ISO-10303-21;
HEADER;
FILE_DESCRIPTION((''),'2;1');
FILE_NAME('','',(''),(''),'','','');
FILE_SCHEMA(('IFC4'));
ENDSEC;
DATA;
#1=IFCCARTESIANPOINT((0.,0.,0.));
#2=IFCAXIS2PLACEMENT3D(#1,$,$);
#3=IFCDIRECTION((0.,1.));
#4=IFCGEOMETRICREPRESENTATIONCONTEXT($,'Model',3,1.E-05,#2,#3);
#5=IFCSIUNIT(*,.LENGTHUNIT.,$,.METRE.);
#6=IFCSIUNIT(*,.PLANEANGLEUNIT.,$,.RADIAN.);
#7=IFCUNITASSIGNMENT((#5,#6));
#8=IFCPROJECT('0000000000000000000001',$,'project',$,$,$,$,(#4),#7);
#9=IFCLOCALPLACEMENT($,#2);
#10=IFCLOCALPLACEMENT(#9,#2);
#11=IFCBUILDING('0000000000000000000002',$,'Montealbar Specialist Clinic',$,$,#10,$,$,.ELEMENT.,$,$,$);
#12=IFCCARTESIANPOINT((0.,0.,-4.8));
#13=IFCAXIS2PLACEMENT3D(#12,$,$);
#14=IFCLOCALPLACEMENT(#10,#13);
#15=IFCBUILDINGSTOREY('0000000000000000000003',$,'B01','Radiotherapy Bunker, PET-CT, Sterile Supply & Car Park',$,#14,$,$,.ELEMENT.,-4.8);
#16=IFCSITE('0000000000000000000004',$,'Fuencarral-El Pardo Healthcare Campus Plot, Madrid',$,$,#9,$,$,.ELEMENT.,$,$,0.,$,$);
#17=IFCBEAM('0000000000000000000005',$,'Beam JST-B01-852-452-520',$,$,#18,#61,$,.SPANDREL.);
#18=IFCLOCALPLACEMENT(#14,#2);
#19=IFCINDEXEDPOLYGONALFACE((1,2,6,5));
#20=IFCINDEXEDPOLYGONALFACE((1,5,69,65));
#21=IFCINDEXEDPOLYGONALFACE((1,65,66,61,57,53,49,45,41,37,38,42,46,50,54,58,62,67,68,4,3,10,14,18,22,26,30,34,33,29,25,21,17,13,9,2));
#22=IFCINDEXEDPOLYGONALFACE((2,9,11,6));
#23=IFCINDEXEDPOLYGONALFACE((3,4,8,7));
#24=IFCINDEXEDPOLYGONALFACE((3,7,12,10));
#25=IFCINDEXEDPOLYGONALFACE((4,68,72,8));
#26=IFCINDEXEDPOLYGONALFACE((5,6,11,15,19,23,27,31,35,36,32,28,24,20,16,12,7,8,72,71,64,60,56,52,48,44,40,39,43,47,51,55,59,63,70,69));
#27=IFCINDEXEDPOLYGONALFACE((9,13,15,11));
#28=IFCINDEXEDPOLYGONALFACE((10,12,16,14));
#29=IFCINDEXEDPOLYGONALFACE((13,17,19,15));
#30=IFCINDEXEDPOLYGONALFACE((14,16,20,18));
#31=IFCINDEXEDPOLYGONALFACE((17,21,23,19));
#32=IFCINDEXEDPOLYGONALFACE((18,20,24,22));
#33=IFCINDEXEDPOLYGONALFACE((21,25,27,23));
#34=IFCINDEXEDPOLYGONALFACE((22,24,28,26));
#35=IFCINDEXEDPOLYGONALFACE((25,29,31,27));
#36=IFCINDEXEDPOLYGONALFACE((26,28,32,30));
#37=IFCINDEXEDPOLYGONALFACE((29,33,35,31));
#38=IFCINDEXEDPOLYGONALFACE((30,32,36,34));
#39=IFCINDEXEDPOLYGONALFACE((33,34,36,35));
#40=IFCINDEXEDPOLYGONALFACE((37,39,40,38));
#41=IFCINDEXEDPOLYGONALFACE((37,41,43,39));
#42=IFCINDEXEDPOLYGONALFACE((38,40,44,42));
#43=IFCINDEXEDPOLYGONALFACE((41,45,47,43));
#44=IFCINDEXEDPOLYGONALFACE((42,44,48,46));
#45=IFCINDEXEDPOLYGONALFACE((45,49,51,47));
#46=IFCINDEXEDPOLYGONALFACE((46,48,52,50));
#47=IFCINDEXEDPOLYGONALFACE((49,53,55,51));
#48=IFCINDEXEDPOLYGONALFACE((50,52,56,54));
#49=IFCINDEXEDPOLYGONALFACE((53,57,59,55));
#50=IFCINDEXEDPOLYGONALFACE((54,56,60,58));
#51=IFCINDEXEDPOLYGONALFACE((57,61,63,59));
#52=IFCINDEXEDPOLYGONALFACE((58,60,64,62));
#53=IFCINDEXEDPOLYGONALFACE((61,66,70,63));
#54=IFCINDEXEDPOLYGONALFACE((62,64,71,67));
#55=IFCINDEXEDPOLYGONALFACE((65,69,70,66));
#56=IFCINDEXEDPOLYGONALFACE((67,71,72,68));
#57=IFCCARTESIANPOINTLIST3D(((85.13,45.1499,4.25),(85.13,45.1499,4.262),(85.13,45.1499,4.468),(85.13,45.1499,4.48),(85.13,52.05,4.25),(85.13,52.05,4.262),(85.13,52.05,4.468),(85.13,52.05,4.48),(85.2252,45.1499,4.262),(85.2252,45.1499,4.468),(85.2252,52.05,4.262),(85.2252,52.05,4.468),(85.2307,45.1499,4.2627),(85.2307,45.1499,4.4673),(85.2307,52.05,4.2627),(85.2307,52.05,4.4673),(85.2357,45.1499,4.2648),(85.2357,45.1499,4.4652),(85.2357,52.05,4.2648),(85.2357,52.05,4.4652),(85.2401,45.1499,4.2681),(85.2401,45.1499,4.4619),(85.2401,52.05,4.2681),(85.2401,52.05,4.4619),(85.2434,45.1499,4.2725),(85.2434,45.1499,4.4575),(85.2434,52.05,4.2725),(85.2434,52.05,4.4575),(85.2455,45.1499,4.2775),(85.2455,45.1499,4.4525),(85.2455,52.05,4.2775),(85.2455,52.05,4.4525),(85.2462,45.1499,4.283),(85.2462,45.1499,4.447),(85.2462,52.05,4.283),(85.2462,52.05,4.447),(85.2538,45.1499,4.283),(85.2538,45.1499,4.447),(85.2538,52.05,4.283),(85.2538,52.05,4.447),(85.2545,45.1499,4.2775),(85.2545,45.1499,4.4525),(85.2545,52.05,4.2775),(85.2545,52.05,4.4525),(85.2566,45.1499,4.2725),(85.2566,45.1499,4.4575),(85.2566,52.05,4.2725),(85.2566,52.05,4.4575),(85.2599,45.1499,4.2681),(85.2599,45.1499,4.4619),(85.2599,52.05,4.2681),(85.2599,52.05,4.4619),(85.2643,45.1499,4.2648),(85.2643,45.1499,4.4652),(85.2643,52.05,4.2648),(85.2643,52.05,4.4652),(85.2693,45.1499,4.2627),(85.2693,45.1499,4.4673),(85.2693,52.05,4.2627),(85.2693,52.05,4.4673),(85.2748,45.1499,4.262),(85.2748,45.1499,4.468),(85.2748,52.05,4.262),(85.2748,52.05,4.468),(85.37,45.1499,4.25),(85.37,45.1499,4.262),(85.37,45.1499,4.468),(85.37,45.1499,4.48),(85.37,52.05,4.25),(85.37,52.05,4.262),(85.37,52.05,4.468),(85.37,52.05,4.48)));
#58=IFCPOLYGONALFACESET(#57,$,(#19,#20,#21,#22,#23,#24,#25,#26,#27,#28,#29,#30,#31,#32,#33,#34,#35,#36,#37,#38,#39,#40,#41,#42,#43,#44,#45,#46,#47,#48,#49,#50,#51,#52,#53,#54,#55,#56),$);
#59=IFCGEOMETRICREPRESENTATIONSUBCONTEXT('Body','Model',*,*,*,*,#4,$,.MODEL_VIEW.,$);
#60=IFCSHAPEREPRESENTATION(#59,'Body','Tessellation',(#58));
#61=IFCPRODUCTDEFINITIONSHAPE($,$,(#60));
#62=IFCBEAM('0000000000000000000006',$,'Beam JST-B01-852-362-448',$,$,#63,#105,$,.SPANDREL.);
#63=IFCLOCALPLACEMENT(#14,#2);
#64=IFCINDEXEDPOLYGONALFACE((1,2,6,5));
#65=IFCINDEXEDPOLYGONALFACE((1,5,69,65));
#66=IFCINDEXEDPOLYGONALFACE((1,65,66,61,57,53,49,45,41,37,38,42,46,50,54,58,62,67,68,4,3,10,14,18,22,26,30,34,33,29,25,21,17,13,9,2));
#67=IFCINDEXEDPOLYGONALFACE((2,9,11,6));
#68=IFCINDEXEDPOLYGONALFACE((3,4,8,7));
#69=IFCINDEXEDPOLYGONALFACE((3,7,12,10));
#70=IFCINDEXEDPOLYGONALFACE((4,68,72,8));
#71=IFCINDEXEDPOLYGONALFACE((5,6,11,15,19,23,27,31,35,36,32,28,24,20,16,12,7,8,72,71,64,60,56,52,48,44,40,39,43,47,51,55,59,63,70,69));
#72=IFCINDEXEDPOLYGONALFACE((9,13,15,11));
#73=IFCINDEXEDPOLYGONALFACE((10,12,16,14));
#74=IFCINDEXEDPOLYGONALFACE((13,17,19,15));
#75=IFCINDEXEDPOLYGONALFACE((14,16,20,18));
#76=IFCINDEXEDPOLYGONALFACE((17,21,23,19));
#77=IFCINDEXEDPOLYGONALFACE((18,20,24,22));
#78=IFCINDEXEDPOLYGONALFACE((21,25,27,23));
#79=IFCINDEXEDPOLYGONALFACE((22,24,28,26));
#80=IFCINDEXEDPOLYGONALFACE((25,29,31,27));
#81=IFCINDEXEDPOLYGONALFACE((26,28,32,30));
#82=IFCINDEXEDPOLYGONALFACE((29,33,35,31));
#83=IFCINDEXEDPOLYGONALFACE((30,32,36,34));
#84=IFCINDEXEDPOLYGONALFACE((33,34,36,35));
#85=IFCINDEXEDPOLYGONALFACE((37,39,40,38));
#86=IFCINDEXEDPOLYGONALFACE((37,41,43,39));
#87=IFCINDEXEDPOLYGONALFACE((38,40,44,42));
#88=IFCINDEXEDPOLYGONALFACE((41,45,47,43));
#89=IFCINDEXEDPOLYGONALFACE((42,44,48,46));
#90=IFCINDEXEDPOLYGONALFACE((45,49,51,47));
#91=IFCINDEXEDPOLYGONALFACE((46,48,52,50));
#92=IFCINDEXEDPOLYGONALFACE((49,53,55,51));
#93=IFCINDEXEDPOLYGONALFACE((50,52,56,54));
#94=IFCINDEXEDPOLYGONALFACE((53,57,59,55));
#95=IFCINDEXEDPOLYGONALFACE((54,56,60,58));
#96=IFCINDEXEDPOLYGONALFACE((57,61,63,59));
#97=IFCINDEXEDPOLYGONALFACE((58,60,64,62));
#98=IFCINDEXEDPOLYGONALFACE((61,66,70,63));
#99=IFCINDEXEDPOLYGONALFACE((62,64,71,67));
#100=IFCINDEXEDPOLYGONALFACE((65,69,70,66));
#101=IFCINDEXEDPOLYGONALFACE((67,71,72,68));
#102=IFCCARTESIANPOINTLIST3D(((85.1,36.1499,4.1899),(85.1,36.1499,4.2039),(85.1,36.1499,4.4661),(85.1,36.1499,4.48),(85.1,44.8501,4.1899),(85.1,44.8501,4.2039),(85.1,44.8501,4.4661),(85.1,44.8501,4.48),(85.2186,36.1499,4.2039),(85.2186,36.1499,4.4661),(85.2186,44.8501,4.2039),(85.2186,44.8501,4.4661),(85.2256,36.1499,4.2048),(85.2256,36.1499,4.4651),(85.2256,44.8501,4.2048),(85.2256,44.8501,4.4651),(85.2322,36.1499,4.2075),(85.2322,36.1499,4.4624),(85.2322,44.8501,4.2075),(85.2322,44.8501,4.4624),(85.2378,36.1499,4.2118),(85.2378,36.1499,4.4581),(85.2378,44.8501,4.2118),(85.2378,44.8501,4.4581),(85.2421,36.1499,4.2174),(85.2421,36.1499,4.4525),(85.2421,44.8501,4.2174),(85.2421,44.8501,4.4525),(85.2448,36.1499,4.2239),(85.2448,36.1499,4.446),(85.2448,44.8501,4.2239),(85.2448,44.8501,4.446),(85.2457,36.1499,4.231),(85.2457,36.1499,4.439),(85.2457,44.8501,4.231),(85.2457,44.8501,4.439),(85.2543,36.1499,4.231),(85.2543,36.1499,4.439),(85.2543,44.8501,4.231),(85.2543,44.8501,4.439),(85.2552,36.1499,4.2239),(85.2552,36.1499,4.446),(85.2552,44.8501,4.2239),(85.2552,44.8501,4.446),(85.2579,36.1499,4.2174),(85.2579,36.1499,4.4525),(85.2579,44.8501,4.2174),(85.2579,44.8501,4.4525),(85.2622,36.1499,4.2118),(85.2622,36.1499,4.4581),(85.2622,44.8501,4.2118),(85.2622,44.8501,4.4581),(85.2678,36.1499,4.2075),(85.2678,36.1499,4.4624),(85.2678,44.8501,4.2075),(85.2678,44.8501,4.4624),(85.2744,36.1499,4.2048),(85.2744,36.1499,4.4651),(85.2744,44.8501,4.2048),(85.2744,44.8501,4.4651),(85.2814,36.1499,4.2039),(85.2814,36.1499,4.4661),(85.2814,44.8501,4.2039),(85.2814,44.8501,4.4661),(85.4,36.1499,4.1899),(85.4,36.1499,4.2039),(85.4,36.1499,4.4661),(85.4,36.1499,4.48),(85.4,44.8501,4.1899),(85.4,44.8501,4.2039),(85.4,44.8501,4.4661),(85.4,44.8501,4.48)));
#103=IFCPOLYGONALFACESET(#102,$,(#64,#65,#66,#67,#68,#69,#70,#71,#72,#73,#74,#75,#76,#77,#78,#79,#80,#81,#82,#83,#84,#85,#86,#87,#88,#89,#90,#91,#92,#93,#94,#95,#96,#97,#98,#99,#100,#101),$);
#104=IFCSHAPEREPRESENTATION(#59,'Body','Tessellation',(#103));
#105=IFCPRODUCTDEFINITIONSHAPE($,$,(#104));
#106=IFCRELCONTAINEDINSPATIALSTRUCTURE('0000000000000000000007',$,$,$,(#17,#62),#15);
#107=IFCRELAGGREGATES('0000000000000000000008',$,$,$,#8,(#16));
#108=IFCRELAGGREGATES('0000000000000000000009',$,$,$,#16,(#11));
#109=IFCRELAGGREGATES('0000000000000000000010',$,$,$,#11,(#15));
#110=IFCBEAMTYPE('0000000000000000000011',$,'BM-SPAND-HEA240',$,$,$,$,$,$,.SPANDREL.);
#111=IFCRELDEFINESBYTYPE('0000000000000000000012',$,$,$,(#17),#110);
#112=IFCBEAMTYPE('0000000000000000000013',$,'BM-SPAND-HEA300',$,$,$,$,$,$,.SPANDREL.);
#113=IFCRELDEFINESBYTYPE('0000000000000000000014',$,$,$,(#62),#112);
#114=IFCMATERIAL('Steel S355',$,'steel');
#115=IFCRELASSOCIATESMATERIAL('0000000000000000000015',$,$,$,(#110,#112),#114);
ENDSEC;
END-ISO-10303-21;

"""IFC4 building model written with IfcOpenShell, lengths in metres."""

from ifc_helpers import new_model, si_unit, direction, frame, origin, origin_2d, place, context, subcontext, project, spatial, i_section, extrude, material, material_profile, profile_set, type_object, element, save


model = new_model("IFC4")

# Units and contexts
model_context = context("Model", 3, precision=1e-05, world=origin(), true_north=direction((0.0, 1.0)))
body_context = subcontext(model_context, "Body", "Model", "MODEL_VIEW")
ifc_project = project(units=[si_unit("LENGTHUNIT", "METRE"), si_unit("PLANEANGLEUNIT", "RADIAN")], contexts=[model_context])

# Site, building, storey
site_placement = place(None, origin())
site = spatial("IfcSite", under=ifc_project, at=site_placement, Name="Fuencarral-El Pardo Healthcare Campus Plot, Madrid", CompositionType="ELEMENT", RefElevation=0.0)
building_placement = place(site_placement, origin())
building = spatial("IfcBuilding", under=site, at=building_placement, Name="Montealbar Specialist Clinic", CompositionType="ELEMENT")
storey_placement = place(building_placement, frame((0.0, 0.0, -4.8)))
storey = spatial("IfcBuildingStorey", under=building, at=storey_placement, Name="B01", Description="Radiotherapy Bunker, PET-CT, Sterile Supply & Car Park", CompositionType="ELEMENT", Elevation=-4.8)

# Shared definitions
ifc_material_1 = material(Name="Steel S355", Category="steel")

# Beams
ifc_material_profile_1 = material_profile(ifc_material_1, i_section(OverallWidth=0.24, OverallDepth=0.23, WebThickness=0.0076, FlangeThickness=0.012, FilletRadius=0.021, at=origin_2d()), Name="HEA 240", Category="steel")
ifc_profile_set_1 = profile_set([ifc_material_profile_1], Name="Steel S355")
beam_type_1 = type_object("IfcBeamType", Name="BM-SPAND-HEA240", PredefinedType="SPANDREL", material=ifc_profile_set_1)
beam_1_placement = place(storey_placement, frame((85.25, 45.1499, 4.365), z_axis=(0.0, 1.0, 0.0), x_axis=(-1.0, 0.0, 0.0)))
element("IfcBeam", 1, at=beam_1_placement, inside=storey, type_object=beam_type_1, Name="Beam JST-B01-852-452-520", PredefinedType="SPANDREL", context=body_context, shape_type="SweptSolid", body=[
    extrude(i_section(OverallWidth=0.24, OverallDepth=0.23, WebThickness=0.0076, FlangeThickness=0.012, FilletRadius=0.021, at=origin_2d()), origin(), (0.0, 0.0, 1.0), 6.9001),
])
ifc_material_profile_2 = material_profile(ifc_material_1, i_section(OverallWidth=0.3, OverallDepth=0.29, WebThickness=0.0085, FlangeThickness=0.0139, FilletRadius=0.0271, at=origin_2d()), Name="HEA 300", Category="steel")
ifc_profile_set_2 = profile_set([ifc_material_profile_2], Name="Steel S355")
beam_type_2 = type_object("IfcBeamType", Name="BM-SPAND-HEA300", PredefinedType="SPANDREL", material=ifc_profile_set_2)
beam_2_placement = place(storey_placement, frame((85.25, 36.1499, 4.335), z_axis=(0.0, 1.0, 0.0), x_axis=(-1.0, 0.0, 0.0)))
element("IfcBeam", 2, at=beam_2_placement, inside=storey, type_object=beam_type_2, Name="Beam JST-B01-852-362-448", PredefinedType="SPANDREL", context=body_context, shape_type="SweptSolid", body=[
    extrude(i_section(OverallWidth=0.3, OverallDepth=0.29, WebThickness=0.0085, FlangeThickness=0.0139, FilletRadius=0.0271, at=origin_2d()), origin(), (0.0, 0.0, 1.0), 8.7002),
])

save(model, "model.ifc")
